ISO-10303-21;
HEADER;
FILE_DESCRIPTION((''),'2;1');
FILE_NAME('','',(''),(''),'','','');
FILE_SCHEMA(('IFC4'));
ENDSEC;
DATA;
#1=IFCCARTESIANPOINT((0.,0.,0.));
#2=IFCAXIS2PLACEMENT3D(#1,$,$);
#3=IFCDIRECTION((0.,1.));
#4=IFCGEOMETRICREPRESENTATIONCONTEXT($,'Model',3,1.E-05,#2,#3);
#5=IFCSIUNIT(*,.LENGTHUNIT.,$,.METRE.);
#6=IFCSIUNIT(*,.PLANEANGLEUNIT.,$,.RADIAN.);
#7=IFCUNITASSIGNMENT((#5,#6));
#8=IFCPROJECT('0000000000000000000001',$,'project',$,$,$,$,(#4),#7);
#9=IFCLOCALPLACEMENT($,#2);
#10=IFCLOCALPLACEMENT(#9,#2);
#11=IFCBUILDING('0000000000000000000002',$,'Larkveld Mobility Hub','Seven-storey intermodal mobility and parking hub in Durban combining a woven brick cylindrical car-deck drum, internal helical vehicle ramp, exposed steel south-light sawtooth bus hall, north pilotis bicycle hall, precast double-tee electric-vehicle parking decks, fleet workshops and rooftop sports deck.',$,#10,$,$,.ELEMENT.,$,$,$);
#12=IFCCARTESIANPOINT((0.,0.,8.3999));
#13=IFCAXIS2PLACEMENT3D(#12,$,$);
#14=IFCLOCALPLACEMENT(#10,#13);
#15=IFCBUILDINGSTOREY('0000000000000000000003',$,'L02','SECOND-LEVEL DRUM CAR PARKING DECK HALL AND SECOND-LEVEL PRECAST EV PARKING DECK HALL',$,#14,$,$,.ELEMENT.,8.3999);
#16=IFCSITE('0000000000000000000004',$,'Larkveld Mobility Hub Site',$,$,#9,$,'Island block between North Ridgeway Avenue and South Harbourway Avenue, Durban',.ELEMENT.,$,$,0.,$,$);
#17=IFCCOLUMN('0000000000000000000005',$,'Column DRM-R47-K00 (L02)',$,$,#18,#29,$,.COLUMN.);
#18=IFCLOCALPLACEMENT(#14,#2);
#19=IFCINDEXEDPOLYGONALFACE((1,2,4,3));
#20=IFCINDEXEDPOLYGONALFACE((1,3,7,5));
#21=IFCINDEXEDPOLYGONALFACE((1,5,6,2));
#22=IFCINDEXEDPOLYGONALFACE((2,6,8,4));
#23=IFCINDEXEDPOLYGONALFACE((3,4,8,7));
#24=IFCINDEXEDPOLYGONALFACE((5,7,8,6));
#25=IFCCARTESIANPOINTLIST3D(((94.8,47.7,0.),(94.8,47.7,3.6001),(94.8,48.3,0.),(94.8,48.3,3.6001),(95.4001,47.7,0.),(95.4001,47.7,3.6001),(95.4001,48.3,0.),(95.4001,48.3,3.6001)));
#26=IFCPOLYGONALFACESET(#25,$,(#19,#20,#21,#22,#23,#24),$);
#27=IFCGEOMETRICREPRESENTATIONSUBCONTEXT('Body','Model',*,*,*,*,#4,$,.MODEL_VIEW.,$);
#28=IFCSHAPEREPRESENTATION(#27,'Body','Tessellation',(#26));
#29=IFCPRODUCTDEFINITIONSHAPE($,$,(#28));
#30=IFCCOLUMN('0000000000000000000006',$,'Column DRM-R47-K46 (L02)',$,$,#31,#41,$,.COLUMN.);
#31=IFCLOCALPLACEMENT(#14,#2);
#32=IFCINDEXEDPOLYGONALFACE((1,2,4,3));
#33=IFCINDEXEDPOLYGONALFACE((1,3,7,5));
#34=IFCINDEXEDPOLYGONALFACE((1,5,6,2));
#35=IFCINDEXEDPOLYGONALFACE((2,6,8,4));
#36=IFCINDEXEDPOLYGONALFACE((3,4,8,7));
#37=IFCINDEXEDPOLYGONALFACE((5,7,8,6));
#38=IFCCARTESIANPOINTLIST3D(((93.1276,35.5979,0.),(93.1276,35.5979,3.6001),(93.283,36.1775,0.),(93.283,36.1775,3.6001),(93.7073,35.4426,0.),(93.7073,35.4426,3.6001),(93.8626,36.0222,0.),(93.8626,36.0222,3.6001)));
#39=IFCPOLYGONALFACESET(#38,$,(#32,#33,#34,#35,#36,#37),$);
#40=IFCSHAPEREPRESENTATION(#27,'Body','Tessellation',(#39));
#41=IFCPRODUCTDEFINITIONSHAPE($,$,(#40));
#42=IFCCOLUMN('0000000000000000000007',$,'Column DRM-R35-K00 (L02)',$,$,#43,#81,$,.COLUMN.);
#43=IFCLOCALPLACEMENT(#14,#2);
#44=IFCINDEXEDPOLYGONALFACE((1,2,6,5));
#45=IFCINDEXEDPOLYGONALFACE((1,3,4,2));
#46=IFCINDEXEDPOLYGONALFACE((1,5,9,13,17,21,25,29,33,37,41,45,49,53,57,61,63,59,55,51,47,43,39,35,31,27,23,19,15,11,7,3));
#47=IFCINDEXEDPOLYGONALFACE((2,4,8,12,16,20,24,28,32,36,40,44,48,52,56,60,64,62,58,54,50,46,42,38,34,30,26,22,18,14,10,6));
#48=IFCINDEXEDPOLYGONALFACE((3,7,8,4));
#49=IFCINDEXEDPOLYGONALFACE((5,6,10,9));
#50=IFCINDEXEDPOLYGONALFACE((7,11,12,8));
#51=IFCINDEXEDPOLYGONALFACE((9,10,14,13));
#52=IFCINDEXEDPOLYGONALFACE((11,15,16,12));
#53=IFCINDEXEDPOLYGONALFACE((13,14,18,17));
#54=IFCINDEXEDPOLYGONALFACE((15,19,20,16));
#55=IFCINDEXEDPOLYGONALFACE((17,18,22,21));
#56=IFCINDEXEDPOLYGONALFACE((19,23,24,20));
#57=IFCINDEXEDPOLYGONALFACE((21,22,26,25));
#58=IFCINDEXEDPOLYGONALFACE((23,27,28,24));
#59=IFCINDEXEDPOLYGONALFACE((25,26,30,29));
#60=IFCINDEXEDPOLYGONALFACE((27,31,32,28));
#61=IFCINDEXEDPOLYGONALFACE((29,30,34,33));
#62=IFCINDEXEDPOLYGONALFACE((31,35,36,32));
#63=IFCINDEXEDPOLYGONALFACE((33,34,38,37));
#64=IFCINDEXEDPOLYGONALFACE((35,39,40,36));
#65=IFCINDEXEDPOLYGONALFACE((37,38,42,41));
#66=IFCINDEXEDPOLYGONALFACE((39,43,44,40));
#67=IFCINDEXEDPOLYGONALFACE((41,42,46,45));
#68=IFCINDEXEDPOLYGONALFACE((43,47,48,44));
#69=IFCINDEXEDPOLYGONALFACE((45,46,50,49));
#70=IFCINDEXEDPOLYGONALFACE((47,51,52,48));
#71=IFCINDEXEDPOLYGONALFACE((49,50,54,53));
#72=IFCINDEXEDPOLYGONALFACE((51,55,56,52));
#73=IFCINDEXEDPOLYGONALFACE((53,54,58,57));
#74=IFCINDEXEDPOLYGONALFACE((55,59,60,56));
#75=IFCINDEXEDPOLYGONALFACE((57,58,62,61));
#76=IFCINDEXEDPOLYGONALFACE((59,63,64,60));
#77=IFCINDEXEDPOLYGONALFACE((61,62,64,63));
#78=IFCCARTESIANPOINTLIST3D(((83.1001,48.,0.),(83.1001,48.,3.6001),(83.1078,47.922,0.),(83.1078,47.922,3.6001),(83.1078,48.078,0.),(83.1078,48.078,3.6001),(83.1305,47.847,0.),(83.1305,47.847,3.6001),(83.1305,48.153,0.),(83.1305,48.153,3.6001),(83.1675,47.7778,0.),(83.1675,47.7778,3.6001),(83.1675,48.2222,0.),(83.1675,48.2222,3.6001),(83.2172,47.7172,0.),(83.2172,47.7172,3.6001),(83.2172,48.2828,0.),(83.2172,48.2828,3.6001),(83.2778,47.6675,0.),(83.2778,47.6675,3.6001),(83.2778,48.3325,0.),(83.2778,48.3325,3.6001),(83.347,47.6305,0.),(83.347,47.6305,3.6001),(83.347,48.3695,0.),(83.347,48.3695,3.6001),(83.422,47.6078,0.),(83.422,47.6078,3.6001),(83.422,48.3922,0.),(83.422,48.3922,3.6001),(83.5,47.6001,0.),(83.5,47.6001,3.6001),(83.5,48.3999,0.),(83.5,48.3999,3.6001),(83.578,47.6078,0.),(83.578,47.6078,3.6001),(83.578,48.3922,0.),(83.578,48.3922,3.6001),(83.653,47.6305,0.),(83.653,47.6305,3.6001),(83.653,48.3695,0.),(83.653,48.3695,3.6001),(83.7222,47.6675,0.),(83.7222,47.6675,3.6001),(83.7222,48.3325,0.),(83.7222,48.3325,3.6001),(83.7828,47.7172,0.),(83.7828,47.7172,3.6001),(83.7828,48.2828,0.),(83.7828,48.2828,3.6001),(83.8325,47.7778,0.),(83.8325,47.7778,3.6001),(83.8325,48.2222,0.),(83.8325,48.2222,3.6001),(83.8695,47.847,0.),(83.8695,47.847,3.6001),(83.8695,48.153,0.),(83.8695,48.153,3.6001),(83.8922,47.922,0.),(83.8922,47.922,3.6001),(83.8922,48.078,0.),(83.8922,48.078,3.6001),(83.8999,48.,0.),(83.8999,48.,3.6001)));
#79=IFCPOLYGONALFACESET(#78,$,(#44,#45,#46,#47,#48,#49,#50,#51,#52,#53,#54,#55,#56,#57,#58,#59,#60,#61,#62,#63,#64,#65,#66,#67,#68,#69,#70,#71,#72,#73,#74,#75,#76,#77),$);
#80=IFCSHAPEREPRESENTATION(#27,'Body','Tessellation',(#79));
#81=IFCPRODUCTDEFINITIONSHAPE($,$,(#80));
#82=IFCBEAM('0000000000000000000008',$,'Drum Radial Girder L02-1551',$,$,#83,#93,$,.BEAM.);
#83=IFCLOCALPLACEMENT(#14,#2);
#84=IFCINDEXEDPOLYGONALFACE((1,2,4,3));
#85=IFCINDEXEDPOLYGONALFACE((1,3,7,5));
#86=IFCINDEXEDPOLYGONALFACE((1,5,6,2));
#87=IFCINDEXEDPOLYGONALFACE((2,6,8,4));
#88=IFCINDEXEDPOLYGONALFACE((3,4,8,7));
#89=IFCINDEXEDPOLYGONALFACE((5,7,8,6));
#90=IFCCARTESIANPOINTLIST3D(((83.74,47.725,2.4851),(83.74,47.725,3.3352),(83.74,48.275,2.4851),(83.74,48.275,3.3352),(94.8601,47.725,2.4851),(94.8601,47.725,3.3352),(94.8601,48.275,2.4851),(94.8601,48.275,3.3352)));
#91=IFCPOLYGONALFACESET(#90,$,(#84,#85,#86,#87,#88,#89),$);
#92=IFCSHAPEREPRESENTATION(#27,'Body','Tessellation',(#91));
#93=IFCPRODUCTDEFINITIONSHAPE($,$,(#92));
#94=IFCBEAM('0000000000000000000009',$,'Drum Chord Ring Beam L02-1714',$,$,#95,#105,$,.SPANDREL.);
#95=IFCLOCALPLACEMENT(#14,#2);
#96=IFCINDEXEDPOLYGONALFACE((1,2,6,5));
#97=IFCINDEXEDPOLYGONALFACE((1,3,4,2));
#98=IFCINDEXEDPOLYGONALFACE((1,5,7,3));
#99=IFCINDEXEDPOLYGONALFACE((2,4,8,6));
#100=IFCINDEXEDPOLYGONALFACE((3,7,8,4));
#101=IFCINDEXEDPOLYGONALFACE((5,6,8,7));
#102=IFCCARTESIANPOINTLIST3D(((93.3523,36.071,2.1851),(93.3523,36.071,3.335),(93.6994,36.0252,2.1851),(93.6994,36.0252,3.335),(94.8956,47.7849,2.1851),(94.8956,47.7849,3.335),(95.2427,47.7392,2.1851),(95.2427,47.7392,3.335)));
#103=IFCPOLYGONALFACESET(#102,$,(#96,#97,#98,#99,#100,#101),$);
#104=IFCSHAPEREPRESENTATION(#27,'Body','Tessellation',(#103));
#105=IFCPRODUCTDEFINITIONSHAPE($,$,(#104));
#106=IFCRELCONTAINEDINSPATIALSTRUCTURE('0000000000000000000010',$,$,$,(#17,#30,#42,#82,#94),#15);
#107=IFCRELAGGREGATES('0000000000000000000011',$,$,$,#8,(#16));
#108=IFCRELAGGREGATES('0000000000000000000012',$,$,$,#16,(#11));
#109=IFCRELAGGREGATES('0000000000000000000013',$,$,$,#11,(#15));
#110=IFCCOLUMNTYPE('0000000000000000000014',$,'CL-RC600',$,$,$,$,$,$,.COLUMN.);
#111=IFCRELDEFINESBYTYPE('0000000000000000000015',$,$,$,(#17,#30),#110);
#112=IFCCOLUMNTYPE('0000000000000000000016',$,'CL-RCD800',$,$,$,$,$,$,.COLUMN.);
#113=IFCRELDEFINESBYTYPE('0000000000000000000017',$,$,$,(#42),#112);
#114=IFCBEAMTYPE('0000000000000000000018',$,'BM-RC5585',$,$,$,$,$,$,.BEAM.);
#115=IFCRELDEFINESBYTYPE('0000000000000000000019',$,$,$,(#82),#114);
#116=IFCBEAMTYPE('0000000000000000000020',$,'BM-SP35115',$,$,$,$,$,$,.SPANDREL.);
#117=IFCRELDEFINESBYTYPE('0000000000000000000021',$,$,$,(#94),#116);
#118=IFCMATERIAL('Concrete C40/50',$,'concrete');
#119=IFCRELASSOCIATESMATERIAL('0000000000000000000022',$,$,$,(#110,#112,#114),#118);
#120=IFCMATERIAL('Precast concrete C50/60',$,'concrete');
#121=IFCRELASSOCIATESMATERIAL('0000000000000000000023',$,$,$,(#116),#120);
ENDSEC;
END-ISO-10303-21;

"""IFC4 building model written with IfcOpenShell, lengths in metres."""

from ifc_helpers import new_model, si_unit, direction, frame, origin, origin_2d, place, context, subcontext, project, spatial, rectangle, circle, extrude, material, material_profile, profile_set, type_object, element, save


model = new_model("IFC4")

# Units and contexts
model_context = context("Model", 3, precision=1e-05, world=origin(), true_north=direction((0.0, 1.0)))
body_context = subcontext(model_context, "Body", "Model", "MODEL_VIEW")
ifc_project = project(units=[si_unit("LENGTHUNIT", "METRE"), si_unit("PLANEANGLEUNIT", "RADIAN")], contexts=[model_context])

# Site, building, storey
site_placement = place(None, origin())
site = spatial("IfcSite", under=ifc_project, at=site_placement, Name="Larkveld Mobility Hub Site", LongName="Island block between North Ridgeway Avenue and South Harbourway Avenue, Durban", CompositionType="ELEMENT", RefElevation=0.0)
building_placement = place(site_placement, origin())
building = spatial("IfcBuilding", under=site, at=building_placement, Name="Larkveld Mobility Hub", Description="Seven-storey intermodal mobility and parking hub in Durban combining a woven brick cylindrical car-deck drum, internal helical vehicle ramp, exposed steel south-light sawtooth bus hall, north pilotis bicycle hall, precast double-tee electric-vehicle parking decks, fleet workshops and rooftop sports deck.", CompositionType="ELEMENT")
storey_placement = place(building_placement, frame((0.0, 0.0, 8.3999)))
storey = spatial("IfcBuildingStorey", under=building, at=storey_placement, Name="L02", Description="SECOND-LEVEL DRUM CAR PARKING DECK HALL AND SECOND-LEVEL PRECAST EV PARKING DECK HALL", CompositionType="ELEMENT", Elevation=8.3999)

# Columns
ifc_material_1 = material(Name="Concrete C40/50", Category="concrete")
ifc_material_profile_1 = material_profile(ifc_material_1, rectangle(XDim=0.6001, YDim=0.6001, at=origin_2d()), Name="RC COL 600x600")
ifc_profile_set_1 = profile_set([ifc_material_profile_1], Name="Concrete C40/50")
column_type_1 = type_object("IfcColumnType", Name="CL-RC600", PredefinedType="COLUMN", material=ifc_profile_set_1)
for number, where, z_axis, x_axis, name in (
    (1, (95.1001, 48.0, 0.0), (0.0, 0.0, 1.0), (1.0, 0.0, 0.0), "Column DRM-R47-K00 (L02)"),
    (2, (93.4951, 35.8101, 0.0), (0.0, 0.0, 1.0), (-0.965926, 0.258819, 0.0), "Column DRM-R47-K46 (L02)"),
):
    element("IfcColumn", number, at=place(storey_placement, frame(where, z_axis=z_axis, x_axis=x_axis)), inside=storey, type_object=column_type_1, Name=name, PredefinedType="COLUMN", context=body_context, shape_type="SweptSolid", body=[
        extrude(rectangle(XDim=0.6001, YDim=0.6001, at=origin_2d()), origin(), (0.0, 0.0, 1.0), 3.6001),
    ])
ifc_material_profile_2 = material_profile(ifc_material_1, circle(Radius=0.3999, at=origin_2d()), Name="RC COL D800")
ifc_profile_set_2 = profile_set([ifc_material_profile_2], Name="Concrete C40/50")
column_type_2 = type_object("IfcColumnType", Name="CL-RCD800", PredefinedType="COLUMN", material=ifc_profile_set_2)
column_placement = place(storey_placement, frame((83.5, 48.0, 0.0), z_axis=(0.0, 0.0, 1.0), x_axis=(1.0, 0.0, 0.0)))
element("IfcColumn", 3, at=column_placement, inside=storey, type_object=column_type_2, Name="Column DRM-R35-K00 (L02)", PredefinedType="COLUMN", context=body_context, shape_type="SweptSolid", body=[
    extrude(circle(Radius=0.3999, at=origin_2d()), origin(), (0.0, 0.0, 1.0), 3.6001),
])

# Beams
ifc_material_profile_3 = material_profile(ifc_material_1, rectangle(XDim=0.55, YDim=0.8501, at=origin_2d()), Name="RC BM 550x850")
ifc_profile_set_3 = profile_set([ifc_material_profile_3], Name="Concrete C40/50")
beam_type_1 = type_object("IfcBeamType", Name="BM-RC5585", PredefinedType="BEAM", material=ifc_profile_set_3)
beam_1_placement = place(storey_placement, frame((83.74, 48.0, 2.9102), z_axis=(1.0, 0.0, 0.0), x_axis=(0.0, 1.0, 0.0)))
element("IfcBeam", 4, at=beam_1_placement, inside=storey, type_object=beam_type_1, Name="Drum Radial Girder L02-1551", PredefinedType="BEAM", context=body_context, shape_type="SweptSolid", body=[
    extrude(rectangle(XDim=0.55, YDim=0.8501, at=origin_2d()), origin(), (0.0, 0.0, 1.0), 11.1201),
])
ifc_material_2 = material(Name="Precast concrete C50/60", Category="concrete")
ifc_material_profile_4 = material_profile(ifc_material_2, rectangle(XDim=0.3501, YDim=1.1499, at=origin_2d()), Name="PC SP 350x1150")
ifc_profile_set_4 = profile_set([ifc_material_profile_4], Name="Precast concrete C50/60")
beam_type_2 = type_object("IfcBeamType", Name="BM-SP35115", PredefinedType="SPANDREL", material=ifc_profile_set_4)
beam_2_placement = place(storey_placement, frame((93.5259, 36.0481, 2.76), z_axis=(0.130614, 0.991433, 0.0), x_axis=(-0.991433, 0.130614, 0.0)))
element("IfcBeam", 5, at=beam_2_placement, inside=storey, type_object=beam_type_2, Name="Drum Chord Ring Beam L02-1714", PredefinedType="SPANDREL", context=body_context, shape_type="SweptSolid", body=[
    extrude(rectangle(XDim=0.3501, YDim=1.1499, at=origin_2d()), origin(), (0.0, 0.0, 1.0), 11.8152),
])

save(model, "model.ifc")
